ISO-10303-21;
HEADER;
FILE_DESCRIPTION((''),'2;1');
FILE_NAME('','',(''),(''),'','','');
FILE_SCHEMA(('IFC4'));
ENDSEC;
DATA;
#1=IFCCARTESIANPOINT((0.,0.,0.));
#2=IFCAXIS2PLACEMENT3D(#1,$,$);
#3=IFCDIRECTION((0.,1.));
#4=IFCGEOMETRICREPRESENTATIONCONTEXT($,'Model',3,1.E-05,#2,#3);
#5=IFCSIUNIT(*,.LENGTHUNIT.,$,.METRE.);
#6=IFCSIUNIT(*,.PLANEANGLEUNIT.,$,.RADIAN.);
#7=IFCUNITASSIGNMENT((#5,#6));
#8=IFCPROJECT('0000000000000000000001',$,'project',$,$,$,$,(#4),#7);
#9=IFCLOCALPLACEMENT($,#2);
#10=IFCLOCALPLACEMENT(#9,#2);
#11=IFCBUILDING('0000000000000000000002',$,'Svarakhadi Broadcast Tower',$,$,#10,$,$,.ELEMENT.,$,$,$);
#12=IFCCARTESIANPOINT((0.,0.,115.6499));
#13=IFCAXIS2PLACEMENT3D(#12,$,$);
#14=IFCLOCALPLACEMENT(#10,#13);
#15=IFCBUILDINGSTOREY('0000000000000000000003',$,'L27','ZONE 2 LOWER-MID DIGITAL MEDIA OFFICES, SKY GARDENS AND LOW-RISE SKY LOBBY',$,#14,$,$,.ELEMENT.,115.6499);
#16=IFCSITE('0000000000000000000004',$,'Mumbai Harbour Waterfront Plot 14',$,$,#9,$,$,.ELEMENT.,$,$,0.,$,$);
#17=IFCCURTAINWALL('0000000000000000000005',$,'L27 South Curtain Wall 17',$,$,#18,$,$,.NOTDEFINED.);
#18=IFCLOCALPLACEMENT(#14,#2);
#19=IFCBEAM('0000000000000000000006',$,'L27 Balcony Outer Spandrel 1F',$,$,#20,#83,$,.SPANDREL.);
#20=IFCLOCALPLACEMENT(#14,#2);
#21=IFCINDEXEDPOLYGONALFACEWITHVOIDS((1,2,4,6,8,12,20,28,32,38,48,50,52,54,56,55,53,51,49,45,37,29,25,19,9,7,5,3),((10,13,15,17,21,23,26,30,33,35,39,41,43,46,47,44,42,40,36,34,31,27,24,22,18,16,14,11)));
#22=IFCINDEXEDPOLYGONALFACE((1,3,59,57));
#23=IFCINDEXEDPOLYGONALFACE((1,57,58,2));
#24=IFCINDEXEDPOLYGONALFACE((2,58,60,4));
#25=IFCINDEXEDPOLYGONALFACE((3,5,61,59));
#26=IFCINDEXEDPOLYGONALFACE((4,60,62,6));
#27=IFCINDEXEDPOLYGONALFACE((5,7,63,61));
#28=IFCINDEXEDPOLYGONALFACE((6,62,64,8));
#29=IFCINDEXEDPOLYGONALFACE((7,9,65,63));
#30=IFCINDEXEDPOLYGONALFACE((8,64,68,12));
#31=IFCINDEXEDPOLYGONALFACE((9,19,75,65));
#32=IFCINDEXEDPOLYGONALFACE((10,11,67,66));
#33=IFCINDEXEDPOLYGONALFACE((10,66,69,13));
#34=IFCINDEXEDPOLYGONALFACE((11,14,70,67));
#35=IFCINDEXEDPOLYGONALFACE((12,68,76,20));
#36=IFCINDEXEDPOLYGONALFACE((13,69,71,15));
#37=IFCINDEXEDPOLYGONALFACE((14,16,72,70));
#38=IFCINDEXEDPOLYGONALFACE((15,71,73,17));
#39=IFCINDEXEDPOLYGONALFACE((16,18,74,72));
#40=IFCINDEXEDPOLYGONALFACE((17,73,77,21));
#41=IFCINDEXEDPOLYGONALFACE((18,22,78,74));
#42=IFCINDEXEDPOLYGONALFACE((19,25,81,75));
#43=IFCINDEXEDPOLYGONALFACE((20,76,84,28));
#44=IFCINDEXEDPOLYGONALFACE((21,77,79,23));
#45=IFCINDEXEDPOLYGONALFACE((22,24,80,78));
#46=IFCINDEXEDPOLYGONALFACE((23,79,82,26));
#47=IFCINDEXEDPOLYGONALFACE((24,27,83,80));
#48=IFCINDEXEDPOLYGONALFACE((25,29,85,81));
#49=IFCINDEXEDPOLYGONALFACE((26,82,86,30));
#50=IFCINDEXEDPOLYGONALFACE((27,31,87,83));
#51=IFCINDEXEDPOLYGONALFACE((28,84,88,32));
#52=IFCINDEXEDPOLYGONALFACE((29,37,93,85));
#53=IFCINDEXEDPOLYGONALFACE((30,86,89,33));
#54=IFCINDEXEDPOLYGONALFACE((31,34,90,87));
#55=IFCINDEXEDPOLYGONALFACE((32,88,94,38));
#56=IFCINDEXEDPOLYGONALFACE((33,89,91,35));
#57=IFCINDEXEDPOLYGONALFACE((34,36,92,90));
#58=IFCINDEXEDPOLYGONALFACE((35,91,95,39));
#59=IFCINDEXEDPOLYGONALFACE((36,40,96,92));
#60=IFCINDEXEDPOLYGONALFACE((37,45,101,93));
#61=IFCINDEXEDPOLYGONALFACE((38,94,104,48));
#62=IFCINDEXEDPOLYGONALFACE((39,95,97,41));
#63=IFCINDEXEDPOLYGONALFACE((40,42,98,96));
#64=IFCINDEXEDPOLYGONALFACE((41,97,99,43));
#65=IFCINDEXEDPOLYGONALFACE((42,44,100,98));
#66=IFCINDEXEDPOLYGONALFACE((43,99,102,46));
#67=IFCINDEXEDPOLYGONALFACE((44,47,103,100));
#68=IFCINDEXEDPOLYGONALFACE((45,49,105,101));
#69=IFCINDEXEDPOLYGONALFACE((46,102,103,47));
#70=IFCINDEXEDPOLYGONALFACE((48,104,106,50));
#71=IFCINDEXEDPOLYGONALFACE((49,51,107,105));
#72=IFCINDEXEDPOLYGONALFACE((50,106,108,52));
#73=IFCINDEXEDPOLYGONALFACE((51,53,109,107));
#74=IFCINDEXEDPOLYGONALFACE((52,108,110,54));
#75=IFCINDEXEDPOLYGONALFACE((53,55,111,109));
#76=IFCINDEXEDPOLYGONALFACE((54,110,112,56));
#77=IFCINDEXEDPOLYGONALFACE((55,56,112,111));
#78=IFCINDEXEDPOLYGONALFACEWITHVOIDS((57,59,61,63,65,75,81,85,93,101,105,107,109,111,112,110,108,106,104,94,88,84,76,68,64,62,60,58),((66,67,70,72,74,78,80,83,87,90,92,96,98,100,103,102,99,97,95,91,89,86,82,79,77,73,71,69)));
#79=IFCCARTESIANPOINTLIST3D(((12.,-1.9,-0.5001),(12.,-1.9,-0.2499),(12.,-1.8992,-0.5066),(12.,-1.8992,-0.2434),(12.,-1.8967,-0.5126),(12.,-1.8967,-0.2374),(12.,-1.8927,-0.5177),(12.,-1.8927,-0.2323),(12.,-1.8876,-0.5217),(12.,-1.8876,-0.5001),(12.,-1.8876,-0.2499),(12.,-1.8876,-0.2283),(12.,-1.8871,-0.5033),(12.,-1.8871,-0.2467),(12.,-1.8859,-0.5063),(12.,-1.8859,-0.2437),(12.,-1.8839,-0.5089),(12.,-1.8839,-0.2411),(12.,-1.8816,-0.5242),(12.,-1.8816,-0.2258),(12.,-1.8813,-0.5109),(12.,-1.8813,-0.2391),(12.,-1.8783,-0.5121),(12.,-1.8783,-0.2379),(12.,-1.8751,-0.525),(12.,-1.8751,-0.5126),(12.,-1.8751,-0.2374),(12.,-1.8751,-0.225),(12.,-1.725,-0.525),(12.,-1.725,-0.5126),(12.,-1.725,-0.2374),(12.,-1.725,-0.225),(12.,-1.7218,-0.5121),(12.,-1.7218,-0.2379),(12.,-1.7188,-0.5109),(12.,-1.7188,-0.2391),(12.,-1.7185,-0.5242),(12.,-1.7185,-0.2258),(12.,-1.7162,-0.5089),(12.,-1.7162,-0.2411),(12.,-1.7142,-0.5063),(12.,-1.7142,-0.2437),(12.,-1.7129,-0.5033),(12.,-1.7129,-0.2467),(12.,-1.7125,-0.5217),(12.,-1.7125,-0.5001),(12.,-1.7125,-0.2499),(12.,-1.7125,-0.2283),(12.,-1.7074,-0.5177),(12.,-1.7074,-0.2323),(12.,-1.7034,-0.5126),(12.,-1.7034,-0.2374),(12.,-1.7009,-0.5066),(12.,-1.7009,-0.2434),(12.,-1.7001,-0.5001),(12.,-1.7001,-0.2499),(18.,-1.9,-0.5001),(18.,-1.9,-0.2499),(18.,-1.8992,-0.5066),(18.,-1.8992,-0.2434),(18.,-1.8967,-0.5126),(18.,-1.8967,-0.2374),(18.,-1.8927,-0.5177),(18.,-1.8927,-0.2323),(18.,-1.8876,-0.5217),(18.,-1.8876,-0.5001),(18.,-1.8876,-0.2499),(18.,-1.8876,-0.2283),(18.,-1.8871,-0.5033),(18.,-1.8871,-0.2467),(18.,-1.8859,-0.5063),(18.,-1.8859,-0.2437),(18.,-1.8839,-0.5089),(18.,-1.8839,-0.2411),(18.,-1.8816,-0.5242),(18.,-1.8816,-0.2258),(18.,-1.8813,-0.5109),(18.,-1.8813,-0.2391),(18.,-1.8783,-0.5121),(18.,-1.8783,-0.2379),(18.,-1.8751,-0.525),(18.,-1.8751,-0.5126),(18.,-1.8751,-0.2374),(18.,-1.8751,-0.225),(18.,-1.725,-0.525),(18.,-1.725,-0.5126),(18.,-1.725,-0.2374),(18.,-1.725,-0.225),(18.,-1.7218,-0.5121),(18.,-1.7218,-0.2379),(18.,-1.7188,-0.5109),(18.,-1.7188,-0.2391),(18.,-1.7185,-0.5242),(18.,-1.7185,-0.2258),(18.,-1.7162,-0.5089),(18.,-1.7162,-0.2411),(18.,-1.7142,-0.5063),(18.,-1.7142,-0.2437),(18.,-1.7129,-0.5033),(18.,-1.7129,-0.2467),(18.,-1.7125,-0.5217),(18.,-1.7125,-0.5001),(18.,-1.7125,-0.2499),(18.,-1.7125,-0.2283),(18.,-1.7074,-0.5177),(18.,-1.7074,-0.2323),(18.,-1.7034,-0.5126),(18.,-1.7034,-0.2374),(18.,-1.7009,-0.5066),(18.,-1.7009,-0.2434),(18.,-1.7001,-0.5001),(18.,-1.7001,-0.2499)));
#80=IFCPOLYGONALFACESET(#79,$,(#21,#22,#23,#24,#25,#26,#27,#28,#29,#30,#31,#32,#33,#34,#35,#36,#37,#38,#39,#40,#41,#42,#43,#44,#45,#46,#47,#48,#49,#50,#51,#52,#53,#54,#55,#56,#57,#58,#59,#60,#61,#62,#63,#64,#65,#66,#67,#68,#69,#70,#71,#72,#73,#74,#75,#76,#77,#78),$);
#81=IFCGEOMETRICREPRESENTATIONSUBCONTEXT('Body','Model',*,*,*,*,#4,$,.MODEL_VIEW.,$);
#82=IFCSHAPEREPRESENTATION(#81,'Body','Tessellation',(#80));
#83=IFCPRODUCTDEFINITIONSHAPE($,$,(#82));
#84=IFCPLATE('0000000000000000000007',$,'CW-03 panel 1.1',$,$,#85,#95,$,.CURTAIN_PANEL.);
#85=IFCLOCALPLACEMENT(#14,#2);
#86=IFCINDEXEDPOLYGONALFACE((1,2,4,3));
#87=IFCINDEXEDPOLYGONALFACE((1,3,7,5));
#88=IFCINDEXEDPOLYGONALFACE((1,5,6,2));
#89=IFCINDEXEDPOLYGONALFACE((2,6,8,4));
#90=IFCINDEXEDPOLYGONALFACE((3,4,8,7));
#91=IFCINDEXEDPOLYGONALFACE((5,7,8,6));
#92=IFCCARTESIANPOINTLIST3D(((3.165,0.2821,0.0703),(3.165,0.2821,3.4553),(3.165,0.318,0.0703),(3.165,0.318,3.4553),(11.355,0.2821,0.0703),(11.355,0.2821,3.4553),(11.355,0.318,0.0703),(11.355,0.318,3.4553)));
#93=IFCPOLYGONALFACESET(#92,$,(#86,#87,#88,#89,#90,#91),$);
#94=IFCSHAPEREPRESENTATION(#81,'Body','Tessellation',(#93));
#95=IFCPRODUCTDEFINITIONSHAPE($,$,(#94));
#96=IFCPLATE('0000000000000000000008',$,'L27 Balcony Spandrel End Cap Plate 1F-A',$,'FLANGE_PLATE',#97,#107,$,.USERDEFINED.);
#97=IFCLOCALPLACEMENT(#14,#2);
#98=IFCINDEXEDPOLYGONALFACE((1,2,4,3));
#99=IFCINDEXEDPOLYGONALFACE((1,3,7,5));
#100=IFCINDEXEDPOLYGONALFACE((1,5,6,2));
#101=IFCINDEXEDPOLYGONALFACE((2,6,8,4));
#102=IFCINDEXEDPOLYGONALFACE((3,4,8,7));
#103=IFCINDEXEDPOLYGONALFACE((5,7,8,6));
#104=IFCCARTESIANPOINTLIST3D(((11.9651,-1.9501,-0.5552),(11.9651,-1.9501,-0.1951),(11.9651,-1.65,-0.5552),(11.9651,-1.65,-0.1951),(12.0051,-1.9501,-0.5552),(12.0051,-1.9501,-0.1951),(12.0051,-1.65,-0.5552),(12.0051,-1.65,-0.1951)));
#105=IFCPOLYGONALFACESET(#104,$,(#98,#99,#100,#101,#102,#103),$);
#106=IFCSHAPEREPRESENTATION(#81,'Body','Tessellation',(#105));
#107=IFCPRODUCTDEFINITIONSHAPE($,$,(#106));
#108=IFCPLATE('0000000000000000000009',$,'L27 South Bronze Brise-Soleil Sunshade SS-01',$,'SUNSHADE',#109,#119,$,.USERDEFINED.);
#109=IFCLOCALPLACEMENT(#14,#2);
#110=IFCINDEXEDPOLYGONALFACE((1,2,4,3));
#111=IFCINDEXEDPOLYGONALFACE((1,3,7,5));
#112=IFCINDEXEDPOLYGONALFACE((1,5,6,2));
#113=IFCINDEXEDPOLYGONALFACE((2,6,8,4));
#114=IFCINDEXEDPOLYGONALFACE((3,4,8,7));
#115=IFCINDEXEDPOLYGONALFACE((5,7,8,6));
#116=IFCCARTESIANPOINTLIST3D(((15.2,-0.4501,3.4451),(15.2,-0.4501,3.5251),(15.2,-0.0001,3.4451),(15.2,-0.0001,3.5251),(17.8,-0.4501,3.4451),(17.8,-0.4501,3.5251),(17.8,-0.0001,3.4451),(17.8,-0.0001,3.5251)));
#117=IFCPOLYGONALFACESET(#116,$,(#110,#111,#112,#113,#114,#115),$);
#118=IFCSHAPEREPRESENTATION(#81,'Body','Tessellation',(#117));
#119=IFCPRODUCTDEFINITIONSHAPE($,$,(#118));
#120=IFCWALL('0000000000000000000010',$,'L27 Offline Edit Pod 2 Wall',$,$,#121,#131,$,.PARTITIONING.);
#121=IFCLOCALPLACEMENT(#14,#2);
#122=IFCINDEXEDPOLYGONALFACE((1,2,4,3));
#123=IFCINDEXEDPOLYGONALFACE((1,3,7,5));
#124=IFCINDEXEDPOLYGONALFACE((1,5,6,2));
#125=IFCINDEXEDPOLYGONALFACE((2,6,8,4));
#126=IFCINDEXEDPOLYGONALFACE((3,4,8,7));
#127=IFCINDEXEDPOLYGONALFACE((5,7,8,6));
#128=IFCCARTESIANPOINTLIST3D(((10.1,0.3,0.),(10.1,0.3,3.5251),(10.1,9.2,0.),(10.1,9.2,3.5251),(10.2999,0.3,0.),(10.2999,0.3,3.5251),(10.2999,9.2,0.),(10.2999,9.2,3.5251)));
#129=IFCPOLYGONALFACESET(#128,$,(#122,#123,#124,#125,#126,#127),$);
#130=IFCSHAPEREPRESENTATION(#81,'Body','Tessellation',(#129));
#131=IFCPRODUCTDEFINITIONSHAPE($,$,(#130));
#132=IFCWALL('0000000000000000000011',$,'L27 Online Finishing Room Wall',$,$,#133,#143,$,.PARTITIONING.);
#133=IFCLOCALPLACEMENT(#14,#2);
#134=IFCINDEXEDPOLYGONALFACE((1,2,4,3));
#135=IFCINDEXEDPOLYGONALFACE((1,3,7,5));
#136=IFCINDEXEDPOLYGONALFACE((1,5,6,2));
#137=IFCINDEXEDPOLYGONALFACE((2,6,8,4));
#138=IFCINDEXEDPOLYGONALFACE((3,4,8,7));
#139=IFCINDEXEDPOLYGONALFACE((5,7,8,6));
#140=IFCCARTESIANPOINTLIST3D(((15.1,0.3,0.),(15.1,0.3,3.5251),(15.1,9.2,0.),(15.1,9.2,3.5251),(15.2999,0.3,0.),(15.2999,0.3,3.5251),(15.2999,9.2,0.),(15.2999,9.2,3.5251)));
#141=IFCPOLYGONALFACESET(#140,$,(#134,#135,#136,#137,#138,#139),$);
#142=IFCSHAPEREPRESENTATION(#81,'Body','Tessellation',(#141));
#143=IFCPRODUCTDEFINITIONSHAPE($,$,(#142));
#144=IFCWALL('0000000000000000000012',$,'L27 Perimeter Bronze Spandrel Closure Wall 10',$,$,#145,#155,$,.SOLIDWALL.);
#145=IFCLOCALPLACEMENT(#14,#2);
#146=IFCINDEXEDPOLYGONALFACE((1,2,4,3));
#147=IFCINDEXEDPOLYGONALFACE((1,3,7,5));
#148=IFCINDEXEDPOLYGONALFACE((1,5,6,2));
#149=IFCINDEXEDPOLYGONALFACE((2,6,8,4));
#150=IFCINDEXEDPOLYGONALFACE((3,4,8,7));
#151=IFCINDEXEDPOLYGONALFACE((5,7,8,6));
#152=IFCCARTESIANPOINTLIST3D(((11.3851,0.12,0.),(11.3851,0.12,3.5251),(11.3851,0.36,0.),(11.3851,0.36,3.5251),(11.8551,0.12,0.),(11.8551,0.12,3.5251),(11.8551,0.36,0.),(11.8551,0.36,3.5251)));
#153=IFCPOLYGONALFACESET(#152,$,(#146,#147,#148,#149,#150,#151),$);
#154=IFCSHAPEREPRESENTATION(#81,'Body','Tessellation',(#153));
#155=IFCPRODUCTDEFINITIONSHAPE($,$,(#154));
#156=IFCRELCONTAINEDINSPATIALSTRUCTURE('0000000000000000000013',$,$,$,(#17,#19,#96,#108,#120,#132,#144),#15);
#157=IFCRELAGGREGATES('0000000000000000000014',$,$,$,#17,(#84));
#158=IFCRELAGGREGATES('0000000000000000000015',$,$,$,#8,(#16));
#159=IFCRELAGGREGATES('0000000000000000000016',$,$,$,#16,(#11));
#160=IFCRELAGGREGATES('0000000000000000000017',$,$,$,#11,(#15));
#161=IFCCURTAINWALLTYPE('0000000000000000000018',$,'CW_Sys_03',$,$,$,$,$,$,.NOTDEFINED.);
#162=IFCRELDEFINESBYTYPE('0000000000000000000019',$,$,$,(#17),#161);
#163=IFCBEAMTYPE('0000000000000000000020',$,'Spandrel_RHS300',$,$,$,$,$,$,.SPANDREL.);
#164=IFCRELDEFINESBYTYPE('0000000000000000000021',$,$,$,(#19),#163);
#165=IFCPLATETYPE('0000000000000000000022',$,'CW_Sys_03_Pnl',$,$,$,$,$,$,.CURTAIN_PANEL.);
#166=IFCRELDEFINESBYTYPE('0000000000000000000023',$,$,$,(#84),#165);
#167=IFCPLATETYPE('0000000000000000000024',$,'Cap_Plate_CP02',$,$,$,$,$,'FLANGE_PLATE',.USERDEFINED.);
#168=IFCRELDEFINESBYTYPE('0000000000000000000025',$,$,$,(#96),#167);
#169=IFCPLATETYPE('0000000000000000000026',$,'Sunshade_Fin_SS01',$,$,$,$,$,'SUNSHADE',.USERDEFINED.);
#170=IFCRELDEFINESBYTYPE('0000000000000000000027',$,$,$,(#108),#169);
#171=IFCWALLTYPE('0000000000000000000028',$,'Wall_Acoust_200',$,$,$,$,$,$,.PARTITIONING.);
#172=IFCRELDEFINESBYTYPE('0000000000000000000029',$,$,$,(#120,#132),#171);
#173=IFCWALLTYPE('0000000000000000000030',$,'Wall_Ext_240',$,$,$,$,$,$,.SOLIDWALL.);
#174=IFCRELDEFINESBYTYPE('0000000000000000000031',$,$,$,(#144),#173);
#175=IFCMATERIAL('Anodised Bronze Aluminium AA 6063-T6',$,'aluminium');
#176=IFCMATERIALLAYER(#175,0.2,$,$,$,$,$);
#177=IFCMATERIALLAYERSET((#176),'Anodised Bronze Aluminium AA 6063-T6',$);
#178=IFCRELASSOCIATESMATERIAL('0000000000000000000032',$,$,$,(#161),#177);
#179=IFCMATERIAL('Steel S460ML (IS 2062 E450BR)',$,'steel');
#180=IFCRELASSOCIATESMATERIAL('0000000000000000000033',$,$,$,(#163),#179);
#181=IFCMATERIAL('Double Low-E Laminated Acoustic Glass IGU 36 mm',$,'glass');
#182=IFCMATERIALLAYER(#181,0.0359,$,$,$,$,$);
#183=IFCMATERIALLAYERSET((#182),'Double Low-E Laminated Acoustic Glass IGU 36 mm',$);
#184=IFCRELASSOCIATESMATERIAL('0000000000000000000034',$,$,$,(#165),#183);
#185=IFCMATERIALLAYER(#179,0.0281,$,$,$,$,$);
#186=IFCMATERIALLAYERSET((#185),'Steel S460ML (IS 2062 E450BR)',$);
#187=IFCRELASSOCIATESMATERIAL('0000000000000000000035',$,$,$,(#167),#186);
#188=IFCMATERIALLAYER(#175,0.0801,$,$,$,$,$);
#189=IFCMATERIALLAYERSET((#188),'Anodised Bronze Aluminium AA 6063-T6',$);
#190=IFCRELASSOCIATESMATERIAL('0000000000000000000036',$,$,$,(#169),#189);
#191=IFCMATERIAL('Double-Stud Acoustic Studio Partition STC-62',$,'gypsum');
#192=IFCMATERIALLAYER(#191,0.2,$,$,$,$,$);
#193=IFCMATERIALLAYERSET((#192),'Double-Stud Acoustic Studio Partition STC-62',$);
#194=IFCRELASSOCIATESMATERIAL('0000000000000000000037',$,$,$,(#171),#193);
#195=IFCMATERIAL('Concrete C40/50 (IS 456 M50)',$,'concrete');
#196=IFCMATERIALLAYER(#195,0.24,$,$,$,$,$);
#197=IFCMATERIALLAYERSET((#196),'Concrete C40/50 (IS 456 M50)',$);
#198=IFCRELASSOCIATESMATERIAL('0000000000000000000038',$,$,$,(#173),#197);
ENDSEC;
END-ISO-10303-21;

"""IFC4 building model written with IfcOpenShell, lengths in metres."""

from ifc_helpers import new_model, si_unit, direction, frame, frame_2d, origin, origin_2d, place, context, subcontext, project, spatial, rectangle, hollow_rectangle, extrude, material, layer, layer_set, material_profile, profile_set, type_object, element, aggregate, save


model = new_model("IFC4")

# Units and contexts
model_context = context("Model", 3, precision=1e-05, world=origin(), true_north=direction((0.0, 1.0)))
body_context = subcontext(model_context, "Body", "Model", "MODEL_VIEW")
ifc_project = project(units=[si_unit("LENGTHUNIT", "METRE"), si_unit("PLANEANGLEUNIT", "RADIAN")], contexts=[model_context])

# Site, building, storey
site_placement = place(None, origin())
site = spatial("IfcSite", under=ifc_project, at=site_placement, Name="Mumbai Harbour Waterfront Plot 14", CompositionType="ELEMENT", RefElevation=0.0)
building_placement = place(site_placement, origin())
building = spatial("IfcBuilding", under=site, at=building_placement, Name="Svarakhadi Broadcast Tower", CompositionType="ELEMENT")
storey_placement = place(building_placement, frame((0.0, 0.0, 115.6499)))
storey = spatial("IfcBuildingStorey", under=building, at=storey_placement, Name="L27", Description="ZONE 2 LOWER-MID DIGITAL MEDIA OFFICES, SKY GARDENS AND LOW-RISE SKY LOBBY", CompositionType="ELEMENT", Elevation=115.6499)

# Shared definitions
ifc_material_1 = material(Name="Steel S460ML (IS 2062 E450BR)", Category="steel")

# Curtain wall
ifc_material_2 = material(Name="Anodised Bronze Aluminium AA 6063-T6", Category="aluminium")
ifc_layer_1 = layer(ifc_material_2, 0.2)
ifc_layer_set_1 = layer_set([ifc_layer_1], Name="Anodised Bronze Aluminium AA 6063-T6")
curtain_wall_type = type_object("IfcCurtainWallType", Name="CW_Sys_03", PredefinedType="NOTDEFINED", material=ifc_layer_set_1)
curtain_wall_placement = place(storey_placement, origin())
curtain_wall = element("IfcCurtainWall", 1, at=curtain_wall_placement, inside=storey, type_object=curtain_wall_type, Name="L27 South Curtain Wall 17", PredefinedType="NOTDEFINED")

# Beam
ifc_material_profile_1 = material_profile(ifc_material_1, hollow_rectangle(XDim=0.2, YDim=0.3, WallThickness=0.0125, InnerFilletRadius=0.0125, OuterFilletRadius=0.0249, at=origin_2d()), Name="RHS 300x200x12.5")
ifc_profile_set_1 = profile_set([ifc_material_profile_1], Name="Steel S460ML (IS 2062 E450BR)")
beam_type_1 = type_object("IfcBeamType", Name="Spandrel_RHS300", PredefinedType="SPANDREL", material=ifc_profile_set_1)
beam_1_placement = place(storey_placement, frame((12.0, -1.8, -0.375), z_axis=(1.0, 0.0, 0.0), x_axis=(0.0, 1.0, 0.0)))
element("IfcBeam", 2, at=beam_1_placement, inside=storey, type_object=beam_type_1, Name="L27 Balcony Outer Spandrel 1F", PredefinedType="SPANDREL", context=body_context, shape_type="SweptSolid", body=[
    extrude(hollow_rectangle(XDim=0.2, YDim=0.3, WallThickness=0.0125, InnerFilletRadius=0.0125, OuterFilletRadius=0.0249, at=origin_2d()), origin(), (0.0, 0.0, 1.0), 6.0),
])

# Plate
ifc_material_3 = material(Name="Double Low-E Laminated Acoustic Glass IGU 36 mm", Category="glass")
ifc_layer_2 = layer(ifc_material_3, 0.0359)
ifc_layer_set_2 = layer_set([ifc_layer_2], Name="Double Low-E Laminated Acoustic Glass IGU 36 mm")
plate_type_1 = type_object("IfcPlateType", Name="CW_Sys_03_Pnl", PredefinedType="CURTAIN_PANEL", material=ifc_layer_set_2)
plate_1_placement = place(storey_placement, frame((7.26, 0.3, 0.0703), z_axis=(0.0, 0.0, 1.0), x_axis=(-1.0, 0.0, 0.0)))
plate_1 = element("IfcPlate", 3, at=plate_1_placement, type_object=plate_type_1, Name="CW-03 panel 1.1", PredefinedType="CURTAIN_PANEL", context=body_context, shape_type="SweptSolid", body=[
    extrude(rectangle(XDim=8.1899, YDim=0.0359, at=origin_2d()), origin(), (0.0, 0.0, 1.0), 3.385),
])
aggregate(curtain_wall, [plate_1])

# Plates
ifc_layer_3 = layer(ifc_material_1, 0.0281)
ifc_layer_set_3 = layer_set([ifc_layer_3], Name="Steel S460ML (IS 2062 E450BR)")
plate_type_2 = type_object("IfcPlateType", Name="Cap_Plate_CP02", ElementType="FLANGE_PLATE", PredefinedType="USERDEFINED", material=ifc_layer_set_3)
plate_2_placement = place(storey_placement, frame((11.9851, -1.8, -0.5552), z_axis=(0.0, 0.0, 1.0), x_axis=(1.0, 0.0, 0.0)))
element("IfcPlate", 4, at=plate_2_placement, inside=storey, type_object=plate_type_2, Name="L27 Balcony Spandrel End Cap Plate 1F-A", ObjectType="FLANGE_PLATE", PredefinedType="USERDEFINED", context=body_context, shape_type="SweptSolid", body=[
    extrude(rectangle(XDim=0.04, YDim=0.3, at=origin_2d()), origin(), (0.0, 0.0, 1.0), 0.3601),
])
ifc_layer_4 = layer(ifc_material_2, 0.0801)
ifc_layer_set_4 = layer_set([ifc_layer_4], Name="Anodised Bronze Aluminium AA 6063-T6")
plate_type_3 = type_object("IfcPlateType", Name="Sunshade_Fin_SS01", ElementType="SUNSHADE", PredefinedType="USERDEFINED", material=ifc_layer_set_4)
plate_3_placement = place(storey_placement, frame((16.5, -0.2251, 3.4451), z_axis=(0.0, 0.0, 1.0), x_axis=(1.0, 0.0, 0.0)))
element("IfcPlate", 5, at=plate_3_placement, inside=storey, type_object=plate_type_3, Name="L27 South Bronze Brise-Soleil Sunshade SS-01", ObjectType="SUNSHADE", PredefinedType="USERDEFINED", context=body_context, shape_type="SweptSolid", body=[
    extrude(rectangle(XDim=2.6001, YDim=0.45, at=origin_2d()), origin(), (0.0, 0.0, 1.0), 0.0801),
])

# Walls
ifc_material_4 = material(Name="Double-Stud Acoustic Studio Partition STC-62", Category="gypsum")
ifc_layer_5 = layer(ifc_material_4, 0.2)
ifc_layer_set_5 = layer_set([ifc_layer_5], Name="Double-Stud Acoustic Studio Partition STC-62")
wall_type_1 = type_object("IfcWallType", Name="Wall_Acoust_200", PredefinedType="PARTITIONING", material=ifc_layer_set_5)
for number, where, z_axis, x_axis, name in (
    (6, (10.2, 0.3, 0.0), (0.0, 0.0, 1.0), (0.0, 1.0, 0.0), "L27 Offline Edit Pod 2 Wall"),
    (7, (15.2, 0.3, 0.0), (0.0, 0.0, 1.0), (0.0, 1.0, 0.0), "L27 Online Finishing Room Wall"),
):
    element("IfcWall", number, at=place(storey_placement, frame(where, z_axis=z_axis, x_axis=x_axis)), inside=storey, type_object=wall_type_1, Name=name, PredefinedType="PARTITIONING", context=body_context, shape_type="SweptSolid", body=[
        extrude(rectangle(XDim=8.8999, YDim=0.2, at=frame_2d((4.45, 0.0))), origin(), (0.0, 0.0, 1.0), 3.5251),
    ])
ifc_material_5 = material(Name="Concrete C40/50 (IS 456 M50)", Category="concrete")
ifc_layer_6 = layer(ifc_material_5, 0.24)
ifc_layer_set_6 = layer_set([ifc_layer_6], Name="Concrete C40/50 (IS 456 M50)")
wall_type_2 = type_object("IfcWallType", Name="Wall_Ext_240", PredefinedType="SOLIDWALL", material=ifc_layer_set_6)
wall_placement = place(storey_placement, frame((11.855, 0.24, 0.0), z_axis=(0.0, 0.0, 1.0), x_axis=(-1.0, 0.0, 0.0)))
element("IfcWall", 8, at=wall_placement, inside=storey, type_object=wall_type_2, Name="L27 Perimeter Bronze Spandrel Closure Wall 10", PredefinedType="SOLIDWALL", context=body_context, shape_type="SweptSolid", body=[
    extrude(rectangle(XDim=0.47, YDim=0.24, at=frame_2d((0.2349, 0.0))), origin(), (0.0, 0.0, 1.0), 3.5251),
])

save(model, "model.ifc")
